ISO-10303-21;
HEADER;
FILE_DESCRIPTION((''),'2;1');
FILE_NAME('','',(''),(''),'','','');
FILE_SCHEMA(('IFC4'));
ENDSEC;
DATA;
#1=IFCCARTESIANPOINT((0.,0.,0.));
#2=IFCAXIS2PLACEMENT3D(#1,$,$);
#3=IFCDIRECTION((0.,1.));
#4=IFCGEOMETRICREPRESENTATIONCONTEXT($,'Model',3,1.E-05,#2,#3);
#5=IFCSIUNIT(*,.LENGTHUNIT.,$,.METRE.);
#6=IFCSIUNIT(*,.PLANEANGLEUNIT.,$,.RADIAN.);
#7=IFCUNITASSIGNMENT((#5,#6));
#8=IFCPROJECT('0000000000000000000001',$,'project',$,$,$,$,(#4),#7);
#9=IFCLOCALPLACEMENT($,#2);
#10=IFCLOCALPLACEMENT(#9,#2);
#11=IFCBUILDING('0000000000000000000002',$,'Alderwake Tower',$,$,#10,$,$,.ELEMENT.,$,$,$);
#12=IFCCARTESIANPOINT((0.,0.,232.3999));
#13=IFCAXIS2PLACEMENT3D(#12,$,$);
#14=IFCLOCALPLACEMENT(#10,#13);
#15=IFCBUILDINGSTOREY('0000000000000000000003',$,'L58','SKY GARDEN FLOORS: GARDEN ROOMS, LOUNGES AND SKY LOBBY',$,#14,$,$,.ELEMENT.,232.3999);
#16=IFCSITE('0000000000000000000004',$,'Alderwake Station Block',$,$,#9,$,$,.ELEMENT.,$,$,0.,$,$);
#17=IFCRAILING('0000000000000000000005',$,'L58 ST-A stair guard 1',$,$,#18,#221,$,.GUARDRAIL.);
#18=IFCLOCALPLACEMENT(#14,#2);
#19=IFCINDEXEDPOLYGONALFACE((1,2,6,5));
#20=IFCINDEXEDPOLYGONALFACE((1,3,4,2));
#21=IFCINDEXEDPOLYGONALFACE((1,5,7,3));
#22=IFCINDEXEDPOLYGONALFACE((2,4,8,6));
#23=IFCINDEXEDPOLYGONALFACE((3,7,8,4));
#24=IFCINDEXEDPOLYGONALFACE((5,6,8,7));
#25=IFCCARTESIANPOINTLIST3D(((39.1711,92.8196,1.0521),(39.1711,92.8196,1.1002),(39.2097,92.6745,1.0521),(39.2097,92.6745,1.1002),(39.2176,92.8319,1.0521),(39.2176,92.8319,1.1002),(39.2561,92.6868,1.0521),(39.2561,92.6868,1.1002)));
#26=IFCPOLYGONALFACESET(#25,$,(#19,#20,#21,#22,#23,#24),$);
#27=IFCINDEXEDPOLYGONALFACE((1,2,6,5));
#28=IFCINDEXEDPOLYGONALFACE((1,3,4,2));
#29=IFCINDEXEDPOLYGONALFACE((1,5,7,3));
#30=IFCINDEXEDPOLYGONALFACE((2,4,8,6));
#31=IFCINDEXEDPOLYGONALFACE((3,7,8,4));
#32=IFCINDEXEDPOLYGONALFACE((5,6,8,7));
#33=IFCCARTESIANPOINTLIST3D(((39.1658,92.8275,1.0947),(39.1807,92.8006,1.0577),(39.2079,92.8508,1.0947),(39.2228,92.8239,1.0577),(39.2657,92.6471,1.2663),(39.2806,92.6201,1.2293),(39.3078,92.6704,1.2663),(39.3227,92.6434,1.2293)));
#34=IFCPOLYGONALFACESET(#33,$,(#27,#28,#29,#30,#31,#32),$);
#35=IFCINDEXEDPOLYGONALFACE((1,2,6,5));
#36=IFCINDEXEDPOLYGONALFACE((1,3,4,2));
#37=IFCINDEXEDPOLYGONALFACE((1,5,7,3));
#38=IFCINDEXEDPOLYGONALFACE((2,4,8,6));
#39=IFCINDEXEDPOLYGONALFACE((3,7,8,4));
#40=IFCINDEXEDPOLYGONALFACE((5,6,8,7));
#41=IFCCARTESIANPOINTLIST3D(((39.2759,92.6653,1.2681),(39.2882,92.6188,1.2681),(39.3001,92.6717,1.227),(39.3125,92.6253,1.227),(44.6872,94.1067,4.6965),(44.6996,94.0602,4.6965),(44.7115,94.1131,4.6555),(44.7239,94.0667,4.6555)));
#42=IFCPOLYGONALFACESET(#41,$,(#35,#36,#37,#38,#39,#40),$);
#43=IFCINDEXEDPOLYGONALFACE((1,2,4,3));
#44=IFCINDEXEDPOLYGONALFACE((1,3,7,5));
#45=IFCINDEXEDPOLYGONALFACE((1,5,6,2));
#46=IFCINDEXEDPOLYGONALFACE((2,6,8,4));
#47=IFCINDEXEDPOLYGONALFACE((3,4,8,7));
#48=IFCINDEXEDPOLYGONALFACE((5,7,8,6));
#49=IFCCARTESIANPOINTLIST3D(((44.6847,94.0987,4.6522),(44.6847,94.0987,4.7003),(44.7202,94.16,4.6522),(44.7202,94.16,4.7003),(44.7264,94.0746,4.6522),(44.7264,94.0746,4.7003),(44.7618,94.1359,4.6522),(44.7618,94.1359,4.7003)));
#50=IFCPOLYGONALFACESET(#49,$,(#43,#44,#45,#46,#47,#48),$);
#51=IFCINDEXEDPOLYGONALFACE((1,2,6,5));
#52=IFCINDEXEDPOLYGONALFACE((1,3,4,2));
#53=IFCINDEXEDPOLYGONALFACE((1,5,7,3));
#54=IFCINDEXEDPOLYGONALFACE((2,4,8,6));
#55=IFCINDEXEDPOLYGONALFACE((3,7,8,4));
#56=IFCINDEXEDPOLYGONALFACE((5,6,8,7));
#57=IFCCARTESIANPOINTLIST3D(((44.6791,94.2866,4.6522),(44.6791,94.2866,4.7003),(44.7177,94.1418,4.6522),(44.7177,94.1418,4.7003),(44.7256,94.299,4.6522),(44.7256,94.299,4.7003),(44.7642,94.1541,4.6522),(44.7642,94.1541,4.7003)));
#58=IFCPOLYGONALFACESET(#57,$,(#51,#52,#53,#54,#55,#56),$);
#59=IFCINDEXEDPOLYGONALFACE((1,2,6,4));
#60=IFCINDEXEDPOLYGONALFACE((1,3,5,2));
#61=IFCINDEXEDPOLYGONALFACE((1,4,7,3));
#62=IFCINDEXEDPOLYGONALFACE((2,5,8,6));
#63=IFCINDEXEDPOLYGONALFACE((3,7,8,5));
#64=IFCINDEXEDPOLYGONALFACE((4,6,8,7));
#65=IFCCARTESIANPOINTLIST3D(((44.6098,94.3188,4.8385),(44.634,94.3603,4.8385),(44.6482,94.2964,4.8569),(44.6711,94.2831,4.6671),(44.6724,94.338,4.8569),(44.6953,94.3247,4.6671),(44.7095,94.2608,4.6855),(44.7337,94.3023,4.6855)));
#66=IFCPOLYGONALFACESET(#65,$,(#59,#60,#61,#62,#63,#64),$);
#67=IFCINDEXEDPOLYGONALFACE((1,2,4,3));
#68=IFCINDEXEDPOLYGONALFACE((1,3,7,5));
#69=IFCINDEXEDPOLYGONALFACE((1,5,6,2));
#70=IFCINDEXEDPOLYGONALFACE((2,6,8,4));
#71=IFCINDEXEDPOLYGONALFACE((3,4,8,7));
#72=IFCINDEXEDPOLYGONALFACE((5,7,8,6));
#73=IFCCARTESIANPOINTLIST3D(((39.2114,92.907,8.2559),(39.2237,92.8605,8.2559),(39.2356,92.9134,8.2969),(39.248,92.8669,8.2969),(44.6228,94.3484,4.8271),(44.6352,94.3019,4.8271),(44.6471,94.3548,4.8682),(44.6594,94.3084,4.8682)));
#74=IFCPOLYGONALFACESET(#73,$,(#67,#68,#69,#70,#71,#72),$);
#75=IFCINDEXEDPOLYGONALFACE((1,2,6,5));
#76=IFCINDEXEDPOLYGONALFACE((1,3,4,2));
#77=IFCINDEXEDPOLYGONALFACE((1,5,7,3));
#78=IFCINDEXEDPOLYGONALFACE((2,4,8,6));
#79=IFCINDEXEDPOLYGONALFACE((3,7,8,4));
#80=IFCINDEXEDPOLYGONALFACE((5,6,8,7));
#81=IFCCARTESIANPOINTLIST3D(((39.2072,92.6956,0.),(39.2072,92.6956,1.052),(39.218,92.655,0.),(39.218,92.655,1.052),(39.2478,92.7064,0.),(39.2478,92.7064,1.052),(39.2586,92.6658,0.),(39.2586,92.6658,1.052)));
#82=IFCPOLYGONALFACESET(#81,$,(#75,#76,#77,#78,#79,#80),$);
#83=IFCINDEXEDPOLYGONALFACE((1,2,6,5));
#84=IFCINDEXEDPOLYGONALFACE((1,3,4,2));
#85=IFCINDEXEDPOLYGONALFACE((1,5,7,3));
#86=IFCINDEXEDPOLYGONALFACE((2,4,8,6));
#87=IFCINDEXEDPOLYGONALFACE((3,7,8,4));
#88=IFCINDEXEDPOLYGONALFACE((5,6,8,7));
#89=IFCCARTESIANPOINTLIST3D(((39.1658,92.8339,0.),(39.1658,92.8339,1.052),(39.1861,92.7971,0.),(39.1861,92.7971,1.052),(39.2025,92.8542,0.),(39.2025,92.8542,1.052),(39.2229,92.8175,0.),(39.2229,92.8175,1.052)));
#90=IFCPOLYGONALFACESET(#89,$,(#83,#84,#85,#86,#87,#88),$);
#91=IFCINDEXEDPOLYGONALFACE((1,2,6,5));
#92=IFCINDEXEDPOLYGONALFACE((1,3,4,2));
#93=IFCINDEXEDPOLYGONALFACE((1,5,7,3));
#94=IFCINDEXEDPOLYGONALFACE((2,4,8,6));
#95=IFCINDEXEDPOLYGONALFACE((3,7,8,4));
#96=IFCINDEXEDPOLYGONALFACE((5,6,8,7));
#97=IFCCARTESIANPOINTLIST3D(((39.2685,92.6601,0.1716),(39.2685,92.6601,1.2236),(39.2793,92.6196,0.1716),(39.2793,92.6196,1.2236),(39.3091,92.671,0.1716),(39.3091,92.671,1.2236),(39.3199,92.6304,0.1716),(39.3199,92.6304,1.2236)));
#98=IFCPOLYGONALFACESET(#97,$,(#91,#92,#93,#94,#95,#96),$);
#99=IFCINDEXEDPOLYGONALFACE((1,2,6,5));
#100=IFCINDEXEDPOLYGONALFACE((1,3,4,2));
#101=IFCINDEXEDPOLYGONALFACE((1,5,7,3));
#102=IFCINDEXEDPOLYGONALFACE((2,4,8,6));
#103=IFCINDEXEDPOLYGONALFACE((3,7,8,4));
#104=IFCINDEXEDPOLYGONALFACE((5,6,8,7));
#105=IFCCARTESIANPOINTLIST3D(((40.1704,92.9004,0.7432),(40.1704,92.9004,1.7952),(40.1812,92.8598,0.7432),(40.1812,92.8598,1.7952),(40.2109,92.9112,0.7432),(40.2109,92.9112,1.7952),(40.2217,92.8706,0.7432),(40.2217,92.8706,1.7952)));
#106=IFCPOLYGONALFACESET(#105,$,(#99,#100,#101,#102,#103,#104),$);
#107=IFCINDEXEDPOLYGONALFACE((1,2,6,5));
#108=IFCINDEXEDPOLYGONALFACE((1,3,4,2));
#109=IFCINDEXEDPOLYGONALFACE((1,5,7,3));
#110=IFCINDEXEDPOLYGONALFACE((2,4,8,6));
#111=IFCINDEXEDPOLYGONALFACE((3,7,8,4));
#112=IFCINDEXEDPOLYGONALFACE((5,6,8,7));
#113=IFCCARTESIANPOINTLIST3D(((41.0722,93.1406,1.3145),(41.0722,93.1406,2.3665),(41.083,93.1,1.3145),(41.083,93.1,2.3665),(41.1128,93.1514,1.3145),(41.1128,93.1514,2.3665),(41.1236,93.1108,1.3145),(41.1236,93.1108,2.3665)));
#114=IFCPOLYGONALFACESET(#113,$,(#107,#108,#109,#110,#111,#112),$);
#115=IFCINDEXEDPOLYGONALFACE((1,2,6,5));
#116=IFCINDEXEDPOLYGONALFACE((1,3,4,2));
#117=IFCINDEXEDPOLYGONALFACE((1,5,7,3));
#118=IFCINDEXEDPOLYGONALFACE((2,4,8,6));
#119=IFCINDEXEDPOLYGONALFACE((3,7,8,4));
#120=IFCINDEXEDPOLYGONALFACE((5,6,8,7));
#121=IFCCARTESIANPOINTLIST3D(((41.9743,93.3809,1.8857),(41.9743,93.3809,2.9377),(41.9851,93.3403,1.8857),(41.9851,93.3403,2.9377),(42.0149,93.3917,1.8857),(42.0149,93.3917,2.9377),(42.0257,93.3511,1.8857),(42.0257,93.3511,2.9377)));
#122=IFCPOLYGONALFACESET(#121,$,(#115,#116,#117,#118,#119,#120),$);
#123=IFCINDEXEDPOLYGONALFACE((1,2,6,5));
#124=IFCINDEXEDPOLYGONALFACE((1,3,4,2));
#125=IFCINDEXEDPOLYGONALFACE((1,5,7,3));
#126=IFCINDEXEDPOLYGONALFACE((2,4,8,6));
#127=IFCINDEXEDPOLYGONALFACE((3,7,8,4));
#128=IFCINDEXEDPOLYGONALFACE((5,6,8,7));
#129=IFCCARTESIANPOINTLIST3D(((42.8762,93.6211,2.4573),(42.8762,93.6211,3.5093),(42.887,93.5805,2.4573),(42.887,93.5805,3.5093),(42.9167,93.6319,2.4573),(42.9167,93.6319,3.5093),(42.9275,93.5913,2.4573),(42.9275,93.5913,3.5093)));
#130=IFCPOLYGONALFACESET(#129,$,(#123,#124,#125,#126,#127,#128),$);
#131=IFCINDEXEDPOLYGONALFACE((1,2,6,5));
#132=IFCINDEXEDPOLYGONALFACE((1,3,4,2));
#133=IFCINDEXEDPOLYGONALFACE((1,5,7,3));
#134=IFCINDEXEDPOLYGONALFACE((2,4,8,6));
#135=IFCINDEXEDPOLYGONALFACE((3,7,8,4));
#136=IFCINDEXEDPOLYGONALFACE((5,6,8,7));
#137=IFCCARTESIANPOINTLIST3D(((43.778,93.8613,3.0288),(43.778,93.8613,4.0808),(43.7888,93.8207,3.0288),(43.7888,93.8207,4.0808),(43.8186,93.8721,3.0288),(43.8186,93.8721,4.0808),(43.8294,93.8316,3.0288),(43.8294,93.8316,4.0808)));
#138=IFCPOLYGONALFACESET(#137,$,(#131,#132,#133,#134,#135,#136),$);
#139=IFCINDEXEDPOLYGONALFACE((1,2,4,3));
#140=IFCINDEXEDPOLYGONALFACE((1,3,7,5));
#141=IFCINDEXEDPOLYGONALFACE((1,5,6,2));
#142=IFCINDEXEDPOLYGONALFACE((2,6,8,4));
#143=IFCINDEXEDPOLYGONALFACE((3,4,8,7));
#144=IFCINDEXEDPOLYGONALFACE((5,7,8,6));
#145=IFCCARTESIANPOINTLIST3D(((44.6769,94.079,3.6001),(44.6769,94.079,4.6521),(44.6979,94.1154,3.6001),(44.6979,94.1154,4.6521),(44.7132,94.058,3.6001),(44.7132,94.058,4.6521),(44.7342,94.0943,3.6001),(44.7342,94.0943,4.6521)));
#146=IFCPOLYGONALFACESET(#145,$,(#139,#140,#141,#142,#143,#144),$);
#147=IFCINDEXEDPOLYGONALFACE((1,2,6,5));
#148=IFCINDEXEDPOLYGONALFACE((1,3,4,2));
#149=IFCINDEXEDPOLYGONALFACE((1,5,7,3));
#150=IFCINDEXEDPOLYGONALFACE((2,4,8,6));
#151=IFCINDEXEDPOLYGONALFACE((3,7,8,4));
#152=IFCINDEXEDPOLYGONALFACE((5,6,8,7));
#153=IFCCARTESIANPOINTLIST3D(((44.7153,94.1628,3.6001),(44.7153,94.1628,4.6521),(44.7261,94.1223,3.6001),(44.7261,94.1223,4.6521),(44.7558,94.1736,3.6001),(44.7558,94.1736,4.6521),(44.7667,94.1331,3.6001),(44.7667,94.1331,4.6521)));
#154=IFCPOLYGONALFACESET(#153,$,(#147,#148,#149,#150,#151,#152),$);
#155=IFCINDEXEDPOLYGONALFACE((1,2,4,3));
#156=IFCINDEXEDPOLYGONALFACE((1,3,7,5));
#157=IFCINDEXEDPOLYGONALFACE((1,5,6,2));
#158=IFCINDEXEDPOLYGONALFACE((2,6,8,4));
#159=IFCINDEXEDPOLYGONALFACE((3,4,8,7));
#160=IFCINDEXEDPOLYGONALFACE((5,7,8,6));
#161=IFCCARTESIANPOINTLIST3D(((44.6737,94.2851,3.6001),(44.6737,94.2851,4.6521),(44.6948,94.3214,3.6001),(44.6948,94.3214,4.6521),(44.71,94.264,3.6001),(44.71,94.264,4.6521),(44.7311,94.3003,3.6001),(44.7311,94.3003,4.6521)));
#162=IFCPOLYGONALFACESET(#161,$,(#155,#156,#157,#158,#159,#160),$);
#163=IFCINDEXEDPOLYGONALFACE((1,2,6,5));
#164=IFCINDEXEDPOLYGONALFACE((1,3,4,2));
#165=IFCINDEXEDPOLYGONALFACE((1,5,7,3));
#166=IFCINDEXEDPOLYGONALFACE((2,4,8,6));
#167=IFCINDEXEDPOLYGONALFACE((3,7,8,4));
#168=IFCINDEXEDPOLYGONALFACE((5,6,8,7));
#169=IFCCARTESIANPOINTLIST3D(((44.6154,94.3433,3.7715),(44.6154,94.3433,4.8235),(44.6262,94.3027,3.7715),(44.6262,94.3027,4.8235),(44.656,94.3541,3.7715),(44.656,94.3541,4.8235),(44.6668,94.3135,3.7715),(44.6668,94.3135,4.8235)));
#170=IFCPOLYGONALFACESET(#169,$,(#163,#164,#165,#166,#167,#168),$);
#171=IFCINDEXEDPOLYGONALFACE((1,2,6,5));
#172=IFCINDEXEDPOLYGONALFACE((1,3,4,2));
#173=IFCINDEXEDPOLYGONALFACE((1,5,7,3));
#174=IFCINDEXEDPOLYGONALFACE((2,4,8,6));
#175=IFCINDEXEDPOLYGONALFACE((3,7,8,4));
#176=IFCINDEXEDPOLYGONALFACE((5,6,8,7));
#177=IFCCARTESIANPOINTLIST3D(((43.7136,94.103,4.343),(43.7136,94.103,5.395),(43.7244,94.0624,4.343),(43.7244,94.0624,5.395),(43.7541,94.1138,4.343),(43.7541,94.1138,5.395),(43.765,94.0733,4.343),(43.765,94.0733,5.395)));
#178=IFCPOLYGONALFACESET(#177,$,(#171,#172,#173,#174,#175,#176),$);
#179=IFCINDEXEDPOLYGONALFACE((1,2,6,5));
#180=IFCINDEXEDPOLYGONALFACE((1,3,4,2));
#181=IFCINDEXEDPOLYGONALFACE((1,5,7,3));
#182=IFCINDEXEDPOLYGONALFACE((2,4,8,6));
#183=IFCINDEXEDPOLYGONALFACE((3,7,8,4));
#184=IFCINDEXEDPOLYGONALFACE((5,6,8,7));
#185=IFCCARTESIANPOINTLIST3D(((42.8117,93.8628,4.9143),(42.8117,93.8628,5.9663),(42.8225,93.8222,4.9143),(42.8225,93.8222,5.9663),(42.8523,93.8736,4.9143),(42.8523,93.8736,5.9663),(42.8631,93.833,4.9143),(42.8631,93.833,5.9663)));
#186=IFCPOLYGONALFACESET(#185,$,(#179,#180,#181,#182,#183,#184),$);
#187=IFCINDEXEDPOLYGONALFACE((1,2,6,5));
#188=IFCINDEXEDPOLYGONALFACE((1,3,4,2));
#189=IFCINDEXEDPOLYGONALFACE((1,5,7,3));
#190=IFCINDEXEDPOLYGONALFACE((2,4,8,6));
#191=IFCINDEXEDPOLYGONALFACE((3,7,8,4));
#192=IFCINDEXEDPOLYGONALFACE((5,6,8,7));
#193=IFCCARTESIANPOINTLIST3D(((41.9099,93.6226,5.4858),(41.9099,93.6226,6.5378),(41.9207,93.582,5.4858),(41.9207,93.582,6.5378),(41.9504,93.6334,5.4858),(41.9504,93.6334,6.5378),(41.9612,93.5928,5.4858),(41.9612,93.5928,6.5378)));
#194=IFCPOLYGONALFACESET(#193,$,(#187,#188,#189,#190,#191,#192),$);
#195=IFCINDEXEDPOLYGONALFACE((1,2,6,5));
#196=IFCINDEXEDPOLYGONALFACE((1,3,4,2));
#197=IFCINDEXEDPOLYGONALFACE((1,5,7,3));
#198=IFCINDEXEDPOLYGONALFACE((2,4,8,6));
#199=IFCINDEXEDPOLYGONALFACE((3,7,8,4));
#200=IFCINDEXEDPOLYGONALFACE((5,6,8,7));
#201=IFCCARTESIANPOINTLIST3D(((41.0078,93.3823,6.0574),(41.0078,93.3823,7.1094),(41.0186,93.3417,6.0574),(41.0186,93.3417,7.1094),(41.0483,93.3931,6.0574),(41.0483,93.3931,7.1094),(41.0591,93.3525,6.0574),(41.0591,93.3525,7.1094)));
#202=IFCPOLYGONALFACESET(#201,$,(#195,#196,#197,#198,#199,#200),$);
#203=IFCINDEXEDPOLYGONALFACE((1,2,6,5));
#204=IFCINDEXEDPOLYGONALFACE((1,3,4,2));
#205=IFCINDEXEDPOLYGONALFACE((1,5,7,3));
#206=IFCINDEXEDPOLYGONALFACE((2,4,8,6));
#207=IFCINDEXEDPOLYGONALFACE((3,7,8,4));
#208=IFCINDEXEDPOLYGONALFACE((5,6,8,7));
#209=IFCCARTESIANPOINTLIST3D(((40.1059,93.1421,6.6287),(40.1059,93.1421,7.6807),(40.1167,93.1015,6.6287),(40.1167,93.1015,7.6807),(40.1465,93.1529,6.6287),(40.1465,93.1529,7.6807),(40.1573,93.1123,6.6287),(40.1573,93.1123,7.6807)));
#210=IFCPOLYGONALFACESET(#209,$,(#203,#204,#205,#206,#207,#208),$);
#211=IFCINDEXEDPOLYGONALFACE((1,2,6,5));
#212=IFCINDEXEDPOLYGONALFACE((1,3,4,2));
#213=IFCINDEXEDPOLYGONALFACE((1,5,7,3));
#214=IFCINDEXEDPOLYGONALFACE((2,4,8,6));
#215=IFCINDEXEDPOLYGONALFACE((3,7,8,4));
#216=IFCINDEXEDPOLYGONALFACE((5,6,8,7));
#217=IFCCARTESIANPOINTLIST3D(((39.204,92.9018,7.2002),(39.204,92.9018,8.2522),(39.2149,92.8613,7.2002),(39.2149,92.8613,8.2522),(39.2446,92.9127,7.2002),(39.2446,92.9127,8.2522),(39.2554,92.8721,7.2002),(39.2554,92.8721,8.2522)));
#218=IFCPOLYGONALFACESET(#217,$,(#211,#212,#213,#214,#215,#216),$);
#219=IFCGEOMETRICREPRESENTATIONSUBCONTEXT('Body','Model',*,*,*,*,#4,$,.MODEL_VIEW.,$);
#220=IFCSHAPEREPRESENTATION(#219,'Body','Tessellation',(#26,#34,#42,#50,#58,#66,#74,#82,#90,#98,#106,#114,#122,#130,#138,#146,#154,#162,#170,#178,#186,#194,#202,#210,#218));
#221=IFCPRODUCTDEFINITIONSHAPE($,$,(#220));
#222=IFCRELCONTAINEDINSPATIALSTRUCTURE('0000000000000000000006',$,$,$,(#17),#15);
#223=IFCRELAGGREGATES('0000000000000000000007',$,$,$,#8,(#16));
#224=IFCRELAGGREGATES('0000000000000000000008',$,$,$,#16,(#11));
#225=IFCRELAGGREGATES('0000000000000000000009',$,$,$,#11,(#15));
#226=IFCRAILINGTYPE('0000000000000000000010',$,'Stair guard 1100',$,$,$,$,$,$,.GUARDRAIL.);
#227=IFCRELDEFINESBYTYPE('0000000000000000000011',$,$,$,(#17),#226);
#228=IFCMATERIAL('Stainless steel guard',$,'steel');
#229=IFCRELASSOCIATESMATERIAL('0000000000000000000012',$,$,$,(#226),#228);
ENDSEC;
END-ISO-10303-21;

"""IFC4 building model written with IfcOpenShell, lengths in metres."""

from ifc_helpers import new_model, si_unit, direction, frame, origin, origin_2d, place, context, subcontext, project, spatial, rectangle, extrude, material, type_object, element, save


model = new_model("IFC4")

# Units and contexts
model_context = context("Model", 3, precision=1e-05, world=origin(), true_north=direction((0.0, 1.0)))
body_context = subcontext(model_context, "Body", "Model", "MODEL_VIEW")
ifc_project = project(units=[si_unit("LENGTHUNIT", "METRE"), si_unit("PLANEANGLEUNIT", "RADIAN")], contexts=[model_context])

# Site, building, storey
site_placement = place(None, origin())
site = spatial("IfcSite", under=ifc_project, at=site_placement, Name="Alderwake Station Block", CompositionType="ELEMENT", RefElevation=0.0)
building_placement = place(site_placement, origin())
building = spatial("IfcBuilding", under=site, at=building_placement, Name="Alderwake Tower", CompositionType="ELEMENT")
storey_placement = place(building_placement, frame((0.0, 0.0, 232.3999)))
storey = spatial("IfcBuildingStorey", under=building, at=storey_placement, Name="L58", Description="SKY GARDEN FLOORS: GARDEN ROOMS, LOUNGES AND SKY LOBBY", CompositionType="ELEMENT", Elevation=232.3999)

# Railing
ifc_material_1 = material(Name="Stainless steel guard", Category="steel")
railing_type = type_object("IfcRailingType", Name="Stair guard 1100", PredefinedType="GUARDRAIL", material=ifc_material_1)
railing_placement = place(storey_placement, frame((39.2329, 92.6807, 0.0)))
element("IfcRailing", 1, at=railing_placement, inside=storey, type_object=railing_type, Name="L58 ST-A stair guard 1", PredefinedType="GUARDRAIL", context=body_context, shape_type="SweptSolid", body=[
    extrude(rectangle(XDim=0.0481, YDim=0.0481, at=origin_2d()), frame((0.0, 0.0, 1.0762), z_axis=(-0.257055, 0.966397, 0.0), x_axis=(-0.966397, -0.257055, 0.0)), (0.0, 0.0, 1.0), 0.1501),
    extrude(rectangle(XDim=0.0481, YDim=0.0481, at=origin_2d()), frame((-0.0386, 0.145, 1.0762), z_axis=(0.372186, -0.672482, 0.639723), x_axis=(0.874938, 0.484235, 0.0)), (0.0, 0.0, 1.0), 0.2683),
    extrude(rectangle(XDim=0.0481, YDim=0.0481, at=origin_2d()), frame((0.0613, -0.0354, 1.2476), z_axis=(0.824126, 0.219519, 0.522138), x_axis=(-0.257391, 0.966307, 0.0)), (0.0, 0.0, 1.0), 6.5662),
    extrude(rectangle(XDim=0.0481, YDim=0.0481, at=origin_2d()), frame((5.4727, 1.406, 4.6763), z_axis=(0.50022, 0.865898, 0.0), x_axis=(-0.865898, 0.50022, 0.0)), (0.0, 0.0, 1.0), 0.0708),
    extrude(rectangle(XDim=0.0481, YDim=0.0481, at=origin_2d()), frame((5.5081, 1.4673, 4.6763), z_axis=(-0.25746, 0.966289, 0.0), x_axis=(-0.966289, -0.25746, 0.0)), (0.0, 0.0, 1.0), 0.1499),
    extrude(rectangle(XDim=0.0481, YDim=0.0481, at=origin_2d()), frame((5.4695, 1.6121, 4.6763), z_axis=(-0.3304, 0.192185, 0.924067), x_axis=(-0.5028, -0.864403, 0.0)), (0.0, 0.0, 1.0), 0.1855),
    extrude(rectangle(XDim=0.0481, YDim=0.0481, at=origin_2d()), frame((5.4082, 1.6477, 4.8477), z_axis=(-0.82411, -0.219515, 0.522165), x_axis=(0.257391, -0.966307, 0.0)), (0.0, 0.0, 1.0), 6.5664),
    extrude(rectangle(XDim=0.042, YDim=0.042, at=origin_2d()), frame((0.0, 0.0, 0.0), z_axis=(0.0, 0.0, 1.0), x_axis=(-0.257055, 0.966397, 0.0)), (0.0, 0.0, 1.0), 1.052),
    extrude(rectangle(XDim=0.042, YDim=0.042, at=origin_2d()), frame((-0.0386, 0.145, 0.0), z_axis=(0.0, 0.0, 1.0), x_axis=(0.484235, -0.874938, 0.0)), (0.0, 0.0, 1.0), 1.052),
    extrude(rectangle(XDim=0.042, YDim=0.042, at=origin_2d()), frame((0.0613, -0.0354, 0.1716), z_axis=(0.0, 0.0, 1.0), x_axis=(0.966307, 0.257391, 0.0)), (0.0, 0.0, 1.0), 1.052),
    extrude(rectangle(XDim=0.042, YDim=0.042, at=origin_2d()), frame((0.9631, 0.2048, 0.7432), z_axis=(0.0, 0.0, 1.0), x_axis=(0.966307, 0.257391, 0.0)), (0.0, 0.0, 1.0), 1.052),
    extrude(rectangle(XDim=0.042, YDim=0.042, at=origin_2d()), frame((1.865, 0.4451, 1.3145), z_axis=(0.0, 0.0, 1.0), x_axis=(0.966307, 0.257391, 0.0)), (0.0, 0.0, 1.0), 1.052),
    extrude(rectangle(XDim=0.042, YDim=0.042, at=origin_2d()), frame((2.7671, 0.6853, 1.8857), z_axis=(0.0, 0.0, 1.0), x_axis=(0.966307, 0.257391, 0.0)), (0.0, 0.0, 1.0), 1.052),
    extrude(rectangle(XDim=0.042, YDim=0.042, at=origin_2d()), frame((3.6689, 0.9255, 2.4573), z_axis=(0.0, 0.0, 1.0), x_axis=(0.966307, 0.257391, 0.0)), (0.0, 0.0, 1.0), 1.052),
    extrude(rectangle(XDim=0.042, YDim=0.042, at=origin_2d()), frame((4.5708, 1.1658, 3.0288), z_axis=(0.0, 0.0, 1.0), x_axis=(0.966307, 0.257391, 0.0)), (0.0, 0.0, 1.0), 1.052),
    extrude(rectangle(XDim=0.042, YDim=0.042, at=origin_2d()), frame((5.4727, 1.406, 3.6001), z_axis=(0.0, 0.0, 1.0), x_axis=(0.50022, 0.865898, 0.0)), (0.0, 0.0, 1.0), 1.052),
    extrude(rectangle(XDim=0.042, YDim=0.042, at=origin_2d()), frame((5.5081, 1.4673, 3.6001), z_axis=(0.0, 0.0, 1.0), x_axis=(-0.25746, 0.966289, 0.0)), (0.0, 0.0, 1.0), 1.052),
    extrude(rectangle(XDim=0.042, YDim=0.042, at=origin_2d()), frame((5.4695, 1.6121, 3.6001), z_axis=(0.0, 0.0, 1.0), x_axis=(-0.864403, 0.5028, 0.0)), (0.0, 0.0, 1.0), 1.052),
    extrude(rectangle(XDim=0.042, YDim=0.042, at=origin_2d()), frame((5.4082, 1.6477, 3.7715), z_axis=(0.0, 0.0, 1.0), x_axis=(-0.966307, -0.257391, 0.0)), (0.0, 0.0, 1.0), 1.052),
    extrude(rectangle(XDim=0.042, YDim=0.042, at=origin_2d()), frame((4.5063, 1.4075, 4.343), z_axis=(0.0, 0.0, 1.0), x_axis=(-0.966307, -0.257391, 0.0)), (0.0, 0.0, 1.0), 1.052),
    extrude(rectangle(XDim=0.042, YDim=0.042, at=origin_2d()), frame((3.6045, 1.1672, 4.9143), z_axis=(0.0, 0.0, 1.0), x_axis=(-0.966307, -0.257391, 0.0)), (0.0, 0.0, 1.0), 1.052),
    extrude(rectangle(XDim=0.042, YDim=0.042, at=origin_2d()), frame((2.7026, 0.927, 5.4858), z_axis=(0.0, 0.0, 1.0), x_axis=(-0.966307, -0.257391, 0.0)), (0.0, 0.0, 1.0), 1.052),
    extrude(rectangle(XDim=0.042, YDim=0.042, at=origin_2d()), frame((1.8005, 0.6868, 6.0574), z_axis=(0.0, 0.0, 1.0), x_axis=(-0.966307, -0.257391, 0.0)), (0.0, 0.0, 1.0), 1.052),
    extrude(rectangle(XDim=0.042, YDim=0.042, at=origin_2d()), frame((0.8987, 0.4465, 6.6287), z_axis=(0.0, 0.0, 1.0), x_axis=(-0.966307, -0.257391, 0.0)), (0.0, 0.0, 1.0), 1.052),
    extrude(rectangle(XDim=0.042, YDim=0.042, at=origin_2d()), frame((-0.0032, 0.2063, 7.2002), z_axis=(0.0, 0.0, 1.0), x_axis=(-0.966307, -0.257391, 0.0)), (0.0, 0.0, 1.0), 1.052),
])

save(model, "model.ifc")
